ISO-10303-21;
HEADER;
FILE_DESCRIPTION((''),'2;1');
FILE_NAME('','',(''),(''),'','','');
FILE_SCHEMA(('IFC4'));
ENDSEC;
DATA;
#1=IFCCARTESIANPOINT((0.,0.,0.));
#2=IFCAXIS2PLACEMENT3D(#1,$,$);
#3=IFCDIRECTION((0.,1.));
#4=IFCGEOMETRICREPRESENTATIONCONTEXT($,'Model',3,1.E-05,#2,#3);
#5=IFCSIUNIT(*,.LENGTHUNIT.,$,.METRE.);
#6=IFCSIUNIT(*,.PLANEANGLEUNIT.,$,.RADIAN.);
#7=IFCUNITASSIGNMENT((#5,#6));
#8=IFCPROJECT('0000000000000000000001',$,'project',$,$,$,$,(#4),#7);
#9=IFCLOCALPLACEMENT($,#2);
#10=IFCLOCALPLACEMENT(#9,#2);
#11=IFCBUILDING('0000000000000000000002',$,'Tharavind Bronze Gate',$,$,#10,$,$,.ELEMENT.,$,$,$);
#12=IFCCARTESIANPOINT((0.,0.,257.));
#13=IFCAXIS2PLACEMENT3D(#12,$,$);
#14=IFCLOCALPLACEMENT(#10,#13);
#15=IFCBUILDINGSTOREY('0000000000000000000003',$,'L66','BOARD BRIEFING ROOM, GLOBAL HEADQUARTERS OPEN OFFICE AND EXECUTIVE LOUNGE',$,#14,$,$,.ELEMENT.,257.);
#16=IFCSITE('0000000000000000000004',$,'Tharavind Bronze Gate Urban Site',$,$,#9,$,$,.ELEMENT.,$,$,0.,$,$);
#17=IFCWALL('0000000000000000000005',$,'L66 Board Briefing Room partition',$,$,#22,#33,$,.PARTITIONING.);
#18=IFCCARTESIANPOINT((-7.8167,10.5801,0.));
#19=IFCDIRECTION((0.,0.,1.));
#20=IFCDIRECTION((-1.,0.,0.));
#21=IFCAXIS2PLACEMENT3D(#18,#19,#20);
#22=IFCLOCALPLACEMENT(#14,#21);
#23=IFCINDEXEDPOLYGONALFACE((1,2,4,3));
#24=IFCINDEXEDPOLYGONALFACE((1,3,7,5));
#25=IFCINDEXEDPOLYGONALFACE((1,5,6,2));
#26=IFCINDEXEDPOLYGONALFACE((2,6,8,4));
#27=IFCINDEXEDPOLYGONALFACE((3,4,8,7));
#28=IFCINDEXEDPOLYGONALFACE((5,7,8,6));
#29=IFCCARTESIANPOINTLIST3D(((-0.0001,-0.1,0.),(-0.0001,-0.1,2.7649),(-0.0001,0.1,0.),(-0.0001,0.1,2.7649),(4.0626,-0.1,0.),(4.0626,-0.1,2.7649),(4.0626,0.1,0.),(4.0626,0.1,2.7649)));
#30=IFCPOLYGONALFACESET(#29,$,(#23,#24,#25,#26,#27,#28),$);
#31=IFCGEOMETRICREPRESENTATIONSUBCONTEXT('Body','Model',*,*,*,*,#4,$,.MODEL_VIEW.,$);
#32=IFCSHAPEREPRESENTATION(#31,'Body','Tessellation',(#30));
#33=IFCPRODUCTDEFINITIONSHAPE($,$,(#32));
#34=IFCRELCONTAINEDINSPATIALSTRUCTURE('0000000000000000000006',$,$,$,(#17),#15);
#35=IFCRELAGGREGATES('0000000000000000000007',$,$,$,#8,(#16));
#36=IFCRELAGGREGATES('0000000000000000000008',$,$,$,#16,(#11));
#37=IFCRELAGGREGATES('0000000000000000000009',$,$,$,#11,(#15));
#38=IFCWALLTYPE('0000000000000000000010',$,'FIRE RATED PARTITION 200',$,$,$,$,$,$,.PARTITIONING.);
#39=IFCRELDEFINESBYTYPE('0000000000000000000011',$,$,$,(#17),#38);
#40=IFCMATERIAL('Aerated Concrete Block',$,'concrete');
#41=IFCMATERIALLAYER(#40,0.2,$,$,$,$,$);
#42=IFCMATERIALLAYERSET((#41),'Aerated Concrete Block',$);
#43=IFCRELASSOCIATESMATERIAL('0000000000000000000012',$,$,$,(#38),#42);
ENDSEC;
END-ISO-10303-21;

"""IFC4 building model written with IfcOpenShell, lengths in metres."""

from ifc_helpers import new_model, si_unit, direction, frame, frame_2d, origin, place, context, subcontext, project, spatial, rectangle, extrude, material, layer, layer_set, type_object, element, save


model = new_model("IFC4")

# Units and contexts
model_context = context("Model", 3, precision=1e-05, world=origin(), true_north=direction((0.0, 1.0)))
body_context = subcontext(model_context, "Body", "Model", "MODEL_VIEW")
ifc_project = project(units=[si_unit("LENGTHUNIT", "METRE"), si_unit("PLANEANGLEUNIT", "RADIAN")], contexts=[model_context])

# Site, building, storey
site_placement = place(None, origin())
site = spatial("IfcSite", under=ifc_project, at=site_placement, Name="Tharavind Bronze Gate Urban Site", CompositionType="ELEMENT", RefElevation=0.0)
building_placement = place(site_placement, origin())
building = spatial("IfcBuilding", under=site, at=building_placement, Name="Tharavind Bronze Gate", CompositionType="ELEMENT")
storey_placement = place(building_placement, frame((0.0, 0.0, 257.0)))
storey = spatial("IfcBuildingStorey", under=building, at=storey_placement, Name="L66", Description="BOARD BRIEFING ROOM, GLOBAL HEADQUARTERS OPEN OFFICE AND EXECUTIVE LOUNGE", CompositionType="ELEMENT", Elevation=257.0)

# Wall
ifc_material_1 = material(Name="Aerated Concrete Block", Category="concrete")
ifc_layer_1 = layer(ifc_material_1, 0.2)
ifc_layer_set_1 = layer_set([ifc_layer_1], Name="Aerated Concrete Block")
wall_type_1 = type_object("IfcWallType", Name="FIRE RATED PARTITION 200", PredefinedType="PARTITIONING", material=ifc_layer_set_1)
wall_1_placement = place(storey_placement, frame((-7.8167, 10.5801, 0.0), z_axis=(0.0, 0.0, 1.0), x_axis=(-1.0, 0.0, 0.0)))
element("IfcWall", 1, at=wall_1_placement, inside=storey, type_object=wall_type_1, Name="L66 Board Briefing Room partition", PredefinedType="PARTITIONING", context=body_context, shape_type="SweptSolid", body=[
    extrude(rectangle(XDim=4.0627, YDim=0.2, at=frame_2d((2.0312, 0.0))), origin(), (0.0, 0.0, 1.0), 2.7649),
])

save(model, "model.ifc")
